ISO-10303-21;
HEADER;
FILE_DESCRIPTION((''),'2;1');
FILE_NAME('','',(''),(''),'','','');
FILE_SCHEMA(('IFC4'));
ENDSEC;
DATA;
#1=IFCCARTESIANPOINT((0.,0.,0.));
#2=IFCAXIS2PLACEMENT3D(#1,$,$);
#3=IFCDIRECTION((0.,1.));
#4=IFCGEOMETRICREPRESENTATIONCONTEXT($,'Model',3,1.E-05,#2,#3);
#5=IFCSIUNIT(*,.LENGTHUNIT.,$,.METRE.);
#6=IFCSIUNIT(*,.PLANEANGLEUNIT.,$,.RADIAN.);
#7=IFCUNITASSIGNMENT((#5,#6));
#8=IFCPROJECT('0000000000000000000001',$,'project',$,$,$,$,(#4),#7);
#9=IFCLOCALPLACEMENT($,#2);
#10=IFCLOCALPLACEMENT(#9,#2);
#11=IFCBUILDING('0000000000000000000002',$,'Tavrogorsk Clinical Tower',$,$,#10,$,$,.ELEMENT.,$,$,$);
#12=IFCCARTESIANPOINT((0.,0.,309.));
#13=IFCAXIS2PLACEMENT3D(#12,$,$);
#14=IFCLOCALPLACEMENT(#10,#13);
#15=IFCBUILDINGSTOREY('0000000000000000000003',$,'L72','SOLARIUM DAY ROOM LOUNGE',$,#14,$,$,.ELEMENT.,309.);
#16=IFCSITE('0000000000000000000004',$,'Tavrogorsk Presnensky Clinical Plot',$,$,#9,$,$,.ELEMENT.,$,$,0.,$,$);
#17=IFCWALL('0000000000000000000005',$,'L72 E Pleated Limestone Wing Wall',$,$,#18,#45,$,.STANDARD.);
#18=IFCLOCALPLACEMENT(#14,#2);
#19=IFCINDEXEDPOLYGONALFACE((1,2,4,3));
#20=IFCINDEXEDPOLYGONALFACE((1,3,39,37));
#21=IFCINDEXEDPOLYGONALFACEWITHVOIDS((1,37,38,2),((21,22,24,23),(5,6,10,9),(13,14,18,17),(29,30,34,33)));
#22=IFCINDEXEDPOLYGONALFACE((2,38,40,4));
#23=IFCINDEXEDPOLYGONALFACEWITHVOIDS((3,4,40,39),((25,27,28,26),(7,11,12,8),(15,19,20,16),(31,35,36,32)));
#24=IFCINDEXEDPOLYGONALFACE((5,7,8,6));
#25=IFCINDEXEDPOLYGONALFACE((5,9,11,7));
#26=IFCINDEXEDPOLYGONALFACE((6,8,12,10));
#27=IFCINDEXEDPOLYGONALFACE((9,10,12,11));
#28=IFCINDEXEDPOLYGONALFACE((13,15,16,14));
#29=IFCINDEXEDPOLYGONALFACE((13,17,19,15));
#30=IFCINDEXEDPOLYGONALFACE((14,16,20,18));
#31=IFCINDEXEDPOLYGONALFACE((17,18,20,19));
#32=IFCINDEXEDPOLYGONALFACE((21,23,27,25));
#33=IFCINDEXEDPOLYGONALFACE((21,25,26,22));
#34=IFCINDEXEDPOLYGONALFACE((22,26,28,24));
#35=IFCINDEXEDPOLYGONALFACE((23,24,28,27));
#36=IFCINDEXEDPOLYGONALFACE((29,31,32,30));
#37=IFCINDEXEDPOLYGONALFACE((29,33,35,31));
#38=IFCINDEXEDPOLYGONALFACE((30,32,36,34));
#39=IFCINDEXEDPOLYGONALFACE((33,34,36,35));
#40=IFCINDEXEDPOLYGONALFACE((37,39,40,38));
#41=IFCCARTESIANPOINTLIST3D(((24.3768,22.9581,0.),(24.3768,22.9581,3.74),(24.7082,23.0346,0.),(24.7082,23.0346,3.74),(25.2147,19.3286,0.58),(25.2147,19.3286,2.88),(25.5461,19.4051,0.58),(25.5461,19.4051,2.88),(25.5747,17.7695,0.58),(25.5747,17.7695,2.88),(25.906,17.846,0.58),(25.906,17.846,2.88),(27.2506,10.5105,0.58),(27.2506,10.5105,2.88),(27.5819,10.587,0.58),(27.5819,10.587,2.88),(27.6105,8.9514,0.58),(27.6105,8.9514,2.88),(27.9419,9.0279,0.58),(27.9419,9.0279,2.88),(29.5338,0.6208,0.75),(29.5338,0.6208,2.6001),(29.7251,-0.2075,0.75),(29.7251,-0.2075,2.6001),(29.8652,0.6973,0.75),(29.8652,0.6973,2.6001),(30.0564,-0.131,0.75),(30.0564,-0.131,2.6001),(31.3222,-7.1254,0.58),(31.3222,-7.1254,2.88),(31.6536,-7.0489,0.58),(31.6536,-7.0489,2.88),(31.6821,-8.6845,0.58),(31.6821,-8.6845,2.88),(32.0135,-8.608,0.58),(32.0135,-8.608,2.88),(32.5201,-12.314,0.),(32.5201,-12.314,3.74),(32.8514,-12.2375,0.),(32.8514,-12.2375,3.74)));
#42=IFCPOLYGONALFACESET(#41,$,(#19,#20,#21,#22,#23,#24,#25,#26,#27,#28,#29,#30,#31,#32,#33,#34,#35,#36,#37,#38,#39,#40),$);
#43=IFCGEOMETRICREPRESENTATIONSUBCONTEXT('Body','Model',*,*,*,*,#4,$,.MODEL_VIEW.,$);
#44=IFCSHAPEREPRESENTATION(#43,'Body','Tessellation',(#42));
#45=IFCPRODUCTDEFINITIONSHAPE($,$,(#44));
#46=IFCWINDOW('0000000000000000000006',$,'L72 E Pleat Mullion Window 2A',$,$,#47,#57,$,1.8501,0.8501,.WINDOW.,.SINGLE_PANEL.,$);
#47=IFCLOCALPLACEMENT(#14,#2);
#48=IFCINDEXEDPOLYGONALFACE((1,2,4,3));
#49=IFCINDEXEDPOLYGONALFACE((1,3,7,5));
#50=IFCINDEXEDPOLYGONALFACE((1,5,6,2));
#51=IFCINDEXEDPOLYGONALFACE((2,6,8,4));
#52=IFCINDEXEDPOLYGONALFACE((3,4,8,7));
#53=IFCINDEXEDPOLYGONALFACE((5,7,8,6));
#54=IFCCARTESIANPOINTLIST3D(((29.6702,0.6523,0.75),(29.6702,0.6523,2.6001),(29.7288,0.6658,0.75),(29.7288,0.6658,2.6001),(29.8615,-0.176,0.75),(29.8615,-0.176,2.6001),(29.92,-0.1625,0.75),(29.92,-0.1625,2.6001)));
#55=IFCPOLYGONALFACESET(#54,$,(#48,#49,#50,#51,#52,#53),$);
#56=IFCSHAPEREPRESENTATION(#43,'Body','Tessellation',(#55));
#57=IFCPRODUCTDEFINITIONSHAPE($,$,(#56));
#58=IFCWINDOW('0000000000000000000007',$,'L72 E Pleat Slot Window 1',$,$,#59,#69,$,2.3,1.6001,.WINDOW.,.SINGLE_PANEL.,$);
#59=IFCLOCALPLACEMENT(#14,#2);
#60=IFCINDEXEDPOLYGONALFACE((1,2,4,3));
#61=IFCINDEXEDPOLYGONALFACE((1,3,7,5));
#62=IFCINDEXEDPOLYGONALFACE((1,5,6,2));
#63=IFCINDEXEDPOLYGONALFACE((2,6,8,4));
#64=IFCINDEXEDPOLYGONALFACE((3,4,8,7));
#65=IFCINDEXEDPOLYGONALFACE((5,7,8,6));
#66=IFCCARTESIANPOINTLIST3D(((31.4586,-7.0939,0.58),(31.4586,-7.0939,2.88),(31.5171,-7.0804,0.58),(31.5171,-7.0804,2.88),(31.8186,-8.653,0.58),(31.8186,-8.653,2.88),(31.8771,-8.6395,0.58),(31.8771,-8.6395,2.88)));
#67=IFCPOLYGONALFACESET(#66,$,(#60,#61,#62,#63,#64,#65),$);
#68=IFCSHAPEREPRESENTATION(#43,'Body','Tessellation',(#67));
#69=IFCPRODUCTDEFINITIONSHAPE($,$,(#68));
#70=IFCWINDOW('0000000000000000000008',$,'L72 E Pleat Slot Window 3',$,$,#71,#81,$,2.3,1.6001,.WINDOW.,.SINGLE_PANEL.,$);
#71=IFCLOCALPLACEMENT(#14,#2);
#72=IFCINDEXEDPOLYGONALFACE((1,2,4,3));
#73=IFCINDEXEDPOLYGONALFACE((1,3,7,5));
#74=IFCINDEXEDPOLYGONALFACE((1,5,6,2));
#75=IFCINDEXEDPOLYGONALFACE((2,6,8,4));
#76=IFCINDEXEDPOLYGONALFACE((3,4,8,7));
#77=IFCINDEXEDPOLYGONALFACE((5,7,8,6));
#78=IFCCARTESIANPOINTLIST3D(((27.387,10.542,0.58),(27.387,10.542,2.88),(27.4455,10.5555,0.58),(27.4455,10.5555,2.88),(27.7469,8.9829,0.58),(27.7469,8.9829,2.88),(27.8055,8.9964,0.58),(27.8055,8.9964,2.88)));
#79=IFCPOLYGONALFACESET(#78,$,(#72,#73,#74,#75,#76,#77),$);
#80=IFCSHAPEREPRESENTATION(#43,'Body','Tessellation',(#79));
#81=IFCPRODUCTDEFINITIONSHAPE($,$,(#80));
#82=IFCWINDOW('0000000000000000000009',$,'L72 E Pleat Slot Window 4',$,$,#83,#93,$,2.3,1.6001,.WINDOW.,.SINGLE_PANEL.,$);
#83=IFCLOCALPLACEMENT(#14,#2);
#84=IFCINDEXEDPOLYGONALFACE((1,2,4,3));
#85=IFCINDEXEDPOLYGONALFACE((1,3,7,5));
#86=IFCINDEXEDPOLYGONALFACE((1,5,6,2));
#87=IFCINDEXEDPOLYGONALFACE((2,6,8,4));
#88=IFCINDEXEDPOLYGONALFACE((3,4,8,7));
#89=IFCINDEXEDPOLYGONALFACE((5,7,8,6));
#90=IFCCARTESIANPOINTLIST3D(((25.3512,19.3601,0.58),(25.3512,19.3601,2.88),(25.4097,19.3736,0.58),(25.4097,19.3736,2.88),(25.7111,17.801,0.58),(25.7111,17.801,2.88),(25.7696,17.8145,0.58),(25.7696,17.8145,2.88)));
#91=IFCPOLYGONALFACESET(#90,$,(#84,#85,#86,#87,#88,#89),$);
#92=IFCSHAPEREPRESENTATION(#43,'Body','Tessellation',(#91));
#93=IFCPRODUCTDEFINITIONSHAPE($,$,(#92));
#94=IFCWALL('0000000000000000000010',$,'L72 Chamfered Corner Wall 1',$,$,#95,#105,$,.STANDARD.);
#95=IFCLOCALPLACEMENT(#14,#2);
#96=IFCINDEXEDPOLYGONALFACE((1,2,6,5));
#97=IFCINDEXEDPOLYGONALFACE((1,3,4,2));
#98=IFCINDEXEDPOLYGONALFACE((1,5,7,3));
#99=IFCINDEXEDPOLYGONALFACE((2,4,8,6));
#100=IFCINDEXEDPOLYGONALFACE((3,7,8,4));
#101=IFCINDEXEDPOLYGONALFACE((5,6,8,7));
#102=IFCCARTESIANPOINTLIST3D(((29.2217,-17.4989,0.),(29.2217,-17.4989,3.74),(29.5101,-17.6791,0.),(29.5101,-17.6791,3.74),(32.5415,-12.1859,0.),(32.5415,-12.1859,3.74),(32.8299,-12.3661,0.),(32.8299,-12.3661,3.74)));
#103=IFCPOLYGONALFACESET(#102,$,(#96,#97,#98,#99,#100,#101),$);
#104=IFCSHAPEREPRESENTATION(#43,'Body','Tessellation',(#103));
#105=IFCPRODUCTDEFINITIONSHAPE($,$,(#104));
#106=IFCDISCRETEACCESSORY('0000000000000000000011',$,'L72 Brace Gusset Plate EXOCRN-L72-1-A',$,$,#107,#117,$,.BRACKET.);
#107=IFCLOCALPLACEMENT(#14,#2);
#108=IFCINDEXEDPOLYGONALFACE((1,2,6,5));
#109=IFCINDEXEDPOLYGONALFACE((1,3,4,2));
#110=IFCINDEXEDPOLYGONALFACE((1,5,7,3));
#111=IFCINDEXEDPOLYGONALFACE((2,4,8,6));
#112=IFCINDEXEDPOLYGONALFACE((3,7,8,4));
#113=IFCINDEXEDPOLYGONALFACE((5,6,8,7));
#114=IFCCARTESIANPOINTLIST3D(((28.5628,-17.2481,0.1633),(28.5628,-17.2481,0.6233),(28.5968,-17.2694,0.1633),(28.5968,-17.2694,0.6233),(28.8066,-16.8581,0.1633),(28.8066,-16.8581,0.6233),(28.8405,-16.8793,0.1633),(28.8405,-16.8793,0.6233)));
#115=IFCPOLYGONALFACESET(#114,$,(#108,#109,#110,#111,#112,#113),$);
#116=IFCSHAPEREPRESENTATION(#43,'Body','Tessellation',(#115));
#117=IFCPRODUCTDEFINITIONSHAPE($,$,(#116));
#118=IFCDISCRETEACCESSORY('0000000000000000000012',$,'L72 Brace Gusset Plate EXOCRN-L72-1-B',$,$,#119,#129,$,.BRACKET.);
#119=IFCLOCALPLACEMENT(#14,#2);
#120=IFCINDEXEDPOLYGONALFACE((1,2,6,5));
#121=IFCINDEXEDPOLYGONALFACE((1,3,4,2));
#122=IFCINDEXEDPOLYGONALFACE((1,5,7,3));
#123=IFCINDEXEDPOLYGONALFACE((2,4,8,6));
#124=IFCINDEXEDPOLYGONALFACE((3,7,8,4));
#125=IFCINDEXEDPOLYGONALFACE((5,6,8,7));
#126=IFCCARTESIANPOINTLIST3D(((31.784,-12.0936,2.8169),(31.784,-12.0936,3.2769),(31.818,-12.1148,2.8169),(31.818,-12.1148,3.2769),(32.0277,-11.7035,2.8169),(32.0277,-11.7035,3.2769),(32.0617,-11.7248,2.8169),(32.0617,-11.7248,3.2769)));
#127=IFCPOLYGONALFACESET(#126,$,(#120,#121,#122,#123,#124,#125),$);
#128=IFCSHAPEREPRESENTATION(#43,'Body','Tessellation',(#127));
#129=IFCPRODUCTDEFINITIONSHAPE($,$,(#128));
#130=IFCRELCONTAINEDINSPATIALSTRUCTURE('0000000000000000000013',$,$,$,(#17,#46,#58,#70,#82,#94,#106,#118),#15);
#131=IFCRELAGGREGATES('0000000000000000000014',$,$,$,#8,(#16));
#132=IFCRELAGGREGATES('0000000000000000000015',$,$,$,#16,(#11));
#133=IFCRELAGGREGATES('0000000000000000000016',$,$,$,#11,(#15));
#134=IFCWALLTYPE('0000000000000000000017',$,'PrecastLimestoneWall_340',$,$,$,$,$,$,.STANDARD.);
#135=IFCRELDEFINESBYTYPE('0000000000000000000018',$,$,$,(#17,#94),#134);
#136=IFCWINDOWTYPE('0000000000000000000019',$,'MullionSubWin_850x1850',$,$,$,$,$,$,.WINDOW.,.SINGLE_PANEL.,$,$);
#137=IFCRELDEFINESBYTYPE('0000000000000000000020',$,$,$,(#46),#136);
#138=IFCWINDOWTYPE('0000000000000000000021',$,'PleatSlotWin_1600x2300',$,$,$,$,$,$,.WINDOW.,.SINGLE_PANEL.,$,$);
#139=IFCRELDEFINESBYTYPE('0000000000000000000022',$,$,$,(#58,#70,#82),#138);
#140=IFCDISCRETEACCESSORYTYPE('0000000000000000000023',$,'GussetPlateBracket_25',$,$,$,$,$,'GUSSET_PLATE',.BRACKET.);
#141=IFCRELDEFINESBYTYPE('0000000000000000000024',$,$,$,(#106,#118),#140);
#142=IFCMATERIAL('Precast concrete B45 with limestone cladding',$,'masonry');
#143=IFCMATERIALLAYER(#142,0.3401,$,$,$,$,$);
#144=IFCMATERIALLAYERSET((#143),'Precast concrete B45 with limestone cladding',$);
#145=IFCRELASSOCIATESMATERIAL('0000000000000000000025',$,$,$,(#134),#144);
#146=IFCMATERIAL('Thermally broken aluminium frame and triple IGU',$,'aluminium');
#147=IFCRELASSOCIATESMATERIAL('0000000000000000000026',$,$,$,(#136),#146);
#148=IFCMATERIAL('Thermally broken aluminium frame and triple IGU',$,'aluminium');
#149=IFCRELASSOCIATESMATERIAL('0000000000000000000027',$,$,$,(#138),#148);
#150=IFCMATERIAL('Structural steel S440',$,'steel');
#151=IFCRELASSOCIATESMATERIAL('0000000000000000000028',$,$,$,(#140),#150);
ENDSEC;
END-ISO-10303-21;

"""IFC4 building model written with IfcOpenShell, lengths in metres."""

from ifc_helpers import new_model, si_unit, direction, frame, frame_2d, origin, origin_2d, place, context, subcontext, project, spatial, rectangle, extrude, material, layer, layer_set, type_object, element, fill, save


model = new_model("IFC4")

# Units and contexts
model_context = context("Model", 3, precision=1e-05, world=origin(), true_north=direction((0.0, 1.0)))
body_context = subcontext(model_context, "Body", "Model", "MODEL_VIEW")
ifc_project = project(units=[si_unit("LENGTHUNIT", "METRE"), si_unit("PLANEANGLEUNIT", "RADIAN")], contexts=[model_context])

# Site, building, storey
site_placement = place(None, origin())
site = spatial("IfcSite", under=ifc_project, at=site_placement, Name="Tavrogorsk Presnensky Clinical Plot", CompositionType="ELEMENT", RefElevation=0.0)
building_placement = place(site_placement, origin())
building = spatial("IfcBuilding", under=site, at=building_placement, Name="Tavrogorsk Clinical Tower", CompositionType="ELEMENT")
storey_placement = place(building_placement, frame((0.0, 0.0, 309.0)))
storey = spatial("IfcBuildingStorey", under=building, at=storey_placement, Name="L72", Description="SOLARIUM DAY ROOM LOUNGE", CompositionType="ELEMENT", Elevation=309.0)

# Wall, openings, windows
ifc_material_1 = material(Name="Precast concrete B45 with limestone cladding", Category="masonry")
ifc_layer_1 = layer(ifc_material_1, 0.3401)
ifc_layer_set_1 = layer_set([ifc_layer_1], Name="Precast concrete B45 with limestone cladding")
wall_type_1 = type_object("IfcWallType", Name="PrecastLimestoneWall_340", PredefinedType="STANDARD", material=ifc_layer_set_1)
wall_1_placement = place(storey_placement, frame((32.6858, -12.2759, 0.0), z_axis=(0.0, 0.0, 1.0), x_axis=(-0.224953, 0.97437, 0.0)))
wall_1 = element("IfcWall", 1, at=wall_1_placement, inside=storey, type_object=wall_type_1, Name="L72 E Pleated Limestone Wing Wall", PredefinedType="STANDARD", context=body_context, shape_type="SweptSolid", body=[
    extrude(rectangle(XDim=36.2, YDim=0.3401, at=frame_2d((18.1001, 0.0))), origin(), (0.0, 0.0, 1.0), 3.74),
])
opening_1_placement = place(wall_1_placement, frame((3.7251, 0.0, 0.5801)))
opening_1 = element("IfcOpeningElement", 2, at=opening_1_placement, cuts=wall_1, PredefinedType="OPENING", context=body_context, shape_type="SweptSolid", body=[
    extrude(rectangle(XDim=1.6001, YDim=2.3, at=frame_2d((0.8, 1.1499))), frame((0.0, 0.1799, 0.0), z_axis=(0.0, -1.0, 0.0), x_axis=(1.0, 0.0, 0.0)), (0.0, 0.0, 1.0), 0.3601),
])
opening_2_placement = place(wall_1_placement, frame((12.425, 0.0, 0.75)))
opening_2 = element("IfcOpeningElement", 3, at=opening_2_placement, cuts=wall_1, PredefinedType="OPENING", context=body_context, shape_type="SweptSolid", body=[
    extrude(rectangle(XDim=0.8501, YDim=1.8501, at=frame_2d((0.425, 0.925))), frame((0.0, 0.1799, 0.0), z_axis=(0.0, -1.0, 0.0), x_axis=(1.0, 0.0, 0.0)), (0.0, 0.0, 1.0), 0.3601),
])
opening_3_placement = place(wall_1_placement, frame((21.825, 0.0, 0.5801)))
opening_3 = element("IfcOpeningElement", 4, at=opening_3_placement, cuts=wall_1, PredefinedType="OPENING", context=body_context, shape_type="SweptSolid", body=[
    extrude(rectangle(XDim=1.6001, YDim=2.3, at=frame_2d((0.8, 1.1499))), frame((0.0, 0.1799, 0.0), z_axis=(0.0, -1.0, 0.0), x_axis=(1.0, 0.0, 0.0)), (0.0, 0.0, 1.0), 0.3601),
])
opening_4_placement = place(wall_1_placement, frame((30.875, 0.0, 0.5801)))
opening_4 = element("IfcOpeningElement", 5, at=opening_4_placement, cuts=wall_1, PredefinedType="OPENING", context=body_context, shape_type="SweptSolid", body=[
    extrude(rectangle(XDim=1.6001, YDim=2.3, at=frame_2d((0.8, 1.1499))), frame((0.0, 0.1799, 0.0), z_axis=(0.0, -1.0, 0.0), x_axis=(1.0, 0.0, 0.0)), (0.0, 0.0, 1.0), 0.3601),
])
ifc_material_2 = material(Name="Thermally broken aluminium frame and triple IGU", Category="aluminium")
window_type_1 = type_object("IfcWindowType", Name="MullionSubWin_850x1850", PartitioningType="SINGLE_PANEL", PredefinedType="WINDOW", material=ifc_material_2)
window_1_placement = place(opening_2_placement, origin())
window_1 = element("IfcWindow", 6, at=window_1_placement, inside=storey, type_object=window_type_1, Name="L72 E Pleat Mullion Window 2A", OverallHeight=1.8501, OverallWidth=0.8501, PartitioningType="SINGLE_PANEL", PredefinedType="WINDOW", context=body_context, shape_type="SweptSolid", body=[
    extrude(rectangle(XDim=0.8501, YDim=1.8501, at=frame_2d((0.425, 0.925))), frame((0.0, 0.03, 0.0), z_axis=(0.0, -1.0, 0.0), x_axis=(1.0, 0.0, 0.0)), (0.0, 0.0, 1.0), 0.0601),
])
fill(opening_2, window_1)
ifc_material_3 = material(Name="Thermally broken aluminium frame and triple IGU", Category="aluminium")
window_type_2 = type_object("IfcWindowType", Name="PleatSlotWin_1600x2300", PartitioningType="SINGLE_PANEL", PredefinedType="WINDOW", material=ifc_material_3)
window_2_placement = place(opening_1_placement, origin())
window_2 = element("IfcWindow", 7, at=window_2_placement, inside=storey, type_object=window_type_2, Name="L72 E Pleat Slot Window 1", OverallHeight=2.3, OverallWidth=1.6001, PartitioningType="SINGLE_PANEL", PredefinedType="WINDOW", context=body_context, shape_type="SweptSolid", body=[
    extrude(rectangle(XDim=1.6001, YDim=2.3, at=frame_2d((0.8, 1.1499))), frame((0.0, 0.03, 0.0), z_axis=(0.0, -1.0, 0.0), x_axis=(1.0, 0.0, 0.0)), (0.0, 0.0, 1.0), 0.0601),
])
fill(opening_1, window_2)
window_3_placement = place(opening_3_placement, origin())
window_3 = element("IfcWindow", 8, at=window_3_placement, inside=storey, type_object=window_type_2, Name="L72 E Pleat Slot Window 3", OverallHeight=2.3, OverallWidth=1.6001, PartitioningType="SINGLE_PANEL", PredefinedType="WINDOW", context=body_context, shape_type="SweptSolid", body=[
    extrude(rectangle(XDim=1.6001, YDim=2.3, at=frame_2d((0.8, 1.1499))), frame((0.0, 0.03, 0.0), z_axis=(0.0, -1.0, 0.0), x_axis=(1.0, 0.0, 0.0)), (0.0, 0.0, 1.0), 0.0601),
])
fill(opening_3, window_3)
window_4_placement = place(opening_4_placement, origin())
window_4 = element("IfcWindow", 9, at=window_4_placement, inside=storey, type_object=window_type_2, Name="L72 E Pleat Slot Window 4", OverallHeight=2.3, OverallWidth=1.6001, PartitioningType="SINGLE_PANEL", PredefinedType="WINDOW", context=body_context, shape_type="SweptSolid", body=[
    extrude(rectangle(XDim=1.6001, YDim=2.3, at=frame_2d((0.8, 1.1499))), frame((0.0, 0.03, 0.0), z_axis=(0.0, -1.0, 0.0), x_axis=(1.0, 0.0, 0.0)), (0.0, 0.0, 1.0), 0.0601),
])
fill(opening_4, window_4)

# Wall
wall_2_placement = place(storey_placement, frame((29.366, -17.5889, 0.0), z_axis=(0.0, 0.0, 1.0), x_axis=(0.529908, 0.848055, 0.0)))
element("IfcWall", 10, at=wall_2_placement, inside=storey, type_object=wall_type_1, Name="L72 Chamfered Corner Wall 1", PredefinedType="STANDARD", context=body_context, shape_type="SweptSolid", body=[
    extrude(rectangle(XDim=6.2649, YDim=0.3401, at=frame_2d((3.1323, 0.0))), origin(), (0.0, 0.0, 1.0), 3.74),
])

# Discrete accessories
ifc_material_4 = material(Name="Structural steel S440", Category="steel")
discrete_accessory_type = type_object("IfcDiscreteAccessoryType", Name="GussetPlateBracket_25", ElementType="GUSSET_PLATE", PredefinedType="BRACKET", material=ifc_material_4)
for number, where, z_axis, x_axis, name in (
    (11, (28.7017, -17.0637, 0.1633), (0.0, 0.0, 1.0), (0.529919, 0.848048, 0.0), "L72 Brace Gusset Plate EXOCRN-L72-1-A"),
    (12, (31.9229, -11.9092, 2.8169), (0.0, 0.0, 1.0), (0.529919, 0.848048, 0.0), "L72 Brace Gusset Plate EXOCRN-L72-1-B"),
):
    element("IfcDiscreteAccessory", number, at=place(storey_placement, frame(where, z_axis=z_axis, x_axis=x_axis)), inside=storey, type_object=discrete_accessory_type, Name=name, PredefinedType="BRACKET", context=body_context, shape_type="SweptSolid", body=[
        extrude(rectangle(XDim=0.46, YDim=0.04, at=origin_2d()), origin(), (0.0, 0.0, 1.0), 0.46),
    ])

save(model, "model.ifc")
